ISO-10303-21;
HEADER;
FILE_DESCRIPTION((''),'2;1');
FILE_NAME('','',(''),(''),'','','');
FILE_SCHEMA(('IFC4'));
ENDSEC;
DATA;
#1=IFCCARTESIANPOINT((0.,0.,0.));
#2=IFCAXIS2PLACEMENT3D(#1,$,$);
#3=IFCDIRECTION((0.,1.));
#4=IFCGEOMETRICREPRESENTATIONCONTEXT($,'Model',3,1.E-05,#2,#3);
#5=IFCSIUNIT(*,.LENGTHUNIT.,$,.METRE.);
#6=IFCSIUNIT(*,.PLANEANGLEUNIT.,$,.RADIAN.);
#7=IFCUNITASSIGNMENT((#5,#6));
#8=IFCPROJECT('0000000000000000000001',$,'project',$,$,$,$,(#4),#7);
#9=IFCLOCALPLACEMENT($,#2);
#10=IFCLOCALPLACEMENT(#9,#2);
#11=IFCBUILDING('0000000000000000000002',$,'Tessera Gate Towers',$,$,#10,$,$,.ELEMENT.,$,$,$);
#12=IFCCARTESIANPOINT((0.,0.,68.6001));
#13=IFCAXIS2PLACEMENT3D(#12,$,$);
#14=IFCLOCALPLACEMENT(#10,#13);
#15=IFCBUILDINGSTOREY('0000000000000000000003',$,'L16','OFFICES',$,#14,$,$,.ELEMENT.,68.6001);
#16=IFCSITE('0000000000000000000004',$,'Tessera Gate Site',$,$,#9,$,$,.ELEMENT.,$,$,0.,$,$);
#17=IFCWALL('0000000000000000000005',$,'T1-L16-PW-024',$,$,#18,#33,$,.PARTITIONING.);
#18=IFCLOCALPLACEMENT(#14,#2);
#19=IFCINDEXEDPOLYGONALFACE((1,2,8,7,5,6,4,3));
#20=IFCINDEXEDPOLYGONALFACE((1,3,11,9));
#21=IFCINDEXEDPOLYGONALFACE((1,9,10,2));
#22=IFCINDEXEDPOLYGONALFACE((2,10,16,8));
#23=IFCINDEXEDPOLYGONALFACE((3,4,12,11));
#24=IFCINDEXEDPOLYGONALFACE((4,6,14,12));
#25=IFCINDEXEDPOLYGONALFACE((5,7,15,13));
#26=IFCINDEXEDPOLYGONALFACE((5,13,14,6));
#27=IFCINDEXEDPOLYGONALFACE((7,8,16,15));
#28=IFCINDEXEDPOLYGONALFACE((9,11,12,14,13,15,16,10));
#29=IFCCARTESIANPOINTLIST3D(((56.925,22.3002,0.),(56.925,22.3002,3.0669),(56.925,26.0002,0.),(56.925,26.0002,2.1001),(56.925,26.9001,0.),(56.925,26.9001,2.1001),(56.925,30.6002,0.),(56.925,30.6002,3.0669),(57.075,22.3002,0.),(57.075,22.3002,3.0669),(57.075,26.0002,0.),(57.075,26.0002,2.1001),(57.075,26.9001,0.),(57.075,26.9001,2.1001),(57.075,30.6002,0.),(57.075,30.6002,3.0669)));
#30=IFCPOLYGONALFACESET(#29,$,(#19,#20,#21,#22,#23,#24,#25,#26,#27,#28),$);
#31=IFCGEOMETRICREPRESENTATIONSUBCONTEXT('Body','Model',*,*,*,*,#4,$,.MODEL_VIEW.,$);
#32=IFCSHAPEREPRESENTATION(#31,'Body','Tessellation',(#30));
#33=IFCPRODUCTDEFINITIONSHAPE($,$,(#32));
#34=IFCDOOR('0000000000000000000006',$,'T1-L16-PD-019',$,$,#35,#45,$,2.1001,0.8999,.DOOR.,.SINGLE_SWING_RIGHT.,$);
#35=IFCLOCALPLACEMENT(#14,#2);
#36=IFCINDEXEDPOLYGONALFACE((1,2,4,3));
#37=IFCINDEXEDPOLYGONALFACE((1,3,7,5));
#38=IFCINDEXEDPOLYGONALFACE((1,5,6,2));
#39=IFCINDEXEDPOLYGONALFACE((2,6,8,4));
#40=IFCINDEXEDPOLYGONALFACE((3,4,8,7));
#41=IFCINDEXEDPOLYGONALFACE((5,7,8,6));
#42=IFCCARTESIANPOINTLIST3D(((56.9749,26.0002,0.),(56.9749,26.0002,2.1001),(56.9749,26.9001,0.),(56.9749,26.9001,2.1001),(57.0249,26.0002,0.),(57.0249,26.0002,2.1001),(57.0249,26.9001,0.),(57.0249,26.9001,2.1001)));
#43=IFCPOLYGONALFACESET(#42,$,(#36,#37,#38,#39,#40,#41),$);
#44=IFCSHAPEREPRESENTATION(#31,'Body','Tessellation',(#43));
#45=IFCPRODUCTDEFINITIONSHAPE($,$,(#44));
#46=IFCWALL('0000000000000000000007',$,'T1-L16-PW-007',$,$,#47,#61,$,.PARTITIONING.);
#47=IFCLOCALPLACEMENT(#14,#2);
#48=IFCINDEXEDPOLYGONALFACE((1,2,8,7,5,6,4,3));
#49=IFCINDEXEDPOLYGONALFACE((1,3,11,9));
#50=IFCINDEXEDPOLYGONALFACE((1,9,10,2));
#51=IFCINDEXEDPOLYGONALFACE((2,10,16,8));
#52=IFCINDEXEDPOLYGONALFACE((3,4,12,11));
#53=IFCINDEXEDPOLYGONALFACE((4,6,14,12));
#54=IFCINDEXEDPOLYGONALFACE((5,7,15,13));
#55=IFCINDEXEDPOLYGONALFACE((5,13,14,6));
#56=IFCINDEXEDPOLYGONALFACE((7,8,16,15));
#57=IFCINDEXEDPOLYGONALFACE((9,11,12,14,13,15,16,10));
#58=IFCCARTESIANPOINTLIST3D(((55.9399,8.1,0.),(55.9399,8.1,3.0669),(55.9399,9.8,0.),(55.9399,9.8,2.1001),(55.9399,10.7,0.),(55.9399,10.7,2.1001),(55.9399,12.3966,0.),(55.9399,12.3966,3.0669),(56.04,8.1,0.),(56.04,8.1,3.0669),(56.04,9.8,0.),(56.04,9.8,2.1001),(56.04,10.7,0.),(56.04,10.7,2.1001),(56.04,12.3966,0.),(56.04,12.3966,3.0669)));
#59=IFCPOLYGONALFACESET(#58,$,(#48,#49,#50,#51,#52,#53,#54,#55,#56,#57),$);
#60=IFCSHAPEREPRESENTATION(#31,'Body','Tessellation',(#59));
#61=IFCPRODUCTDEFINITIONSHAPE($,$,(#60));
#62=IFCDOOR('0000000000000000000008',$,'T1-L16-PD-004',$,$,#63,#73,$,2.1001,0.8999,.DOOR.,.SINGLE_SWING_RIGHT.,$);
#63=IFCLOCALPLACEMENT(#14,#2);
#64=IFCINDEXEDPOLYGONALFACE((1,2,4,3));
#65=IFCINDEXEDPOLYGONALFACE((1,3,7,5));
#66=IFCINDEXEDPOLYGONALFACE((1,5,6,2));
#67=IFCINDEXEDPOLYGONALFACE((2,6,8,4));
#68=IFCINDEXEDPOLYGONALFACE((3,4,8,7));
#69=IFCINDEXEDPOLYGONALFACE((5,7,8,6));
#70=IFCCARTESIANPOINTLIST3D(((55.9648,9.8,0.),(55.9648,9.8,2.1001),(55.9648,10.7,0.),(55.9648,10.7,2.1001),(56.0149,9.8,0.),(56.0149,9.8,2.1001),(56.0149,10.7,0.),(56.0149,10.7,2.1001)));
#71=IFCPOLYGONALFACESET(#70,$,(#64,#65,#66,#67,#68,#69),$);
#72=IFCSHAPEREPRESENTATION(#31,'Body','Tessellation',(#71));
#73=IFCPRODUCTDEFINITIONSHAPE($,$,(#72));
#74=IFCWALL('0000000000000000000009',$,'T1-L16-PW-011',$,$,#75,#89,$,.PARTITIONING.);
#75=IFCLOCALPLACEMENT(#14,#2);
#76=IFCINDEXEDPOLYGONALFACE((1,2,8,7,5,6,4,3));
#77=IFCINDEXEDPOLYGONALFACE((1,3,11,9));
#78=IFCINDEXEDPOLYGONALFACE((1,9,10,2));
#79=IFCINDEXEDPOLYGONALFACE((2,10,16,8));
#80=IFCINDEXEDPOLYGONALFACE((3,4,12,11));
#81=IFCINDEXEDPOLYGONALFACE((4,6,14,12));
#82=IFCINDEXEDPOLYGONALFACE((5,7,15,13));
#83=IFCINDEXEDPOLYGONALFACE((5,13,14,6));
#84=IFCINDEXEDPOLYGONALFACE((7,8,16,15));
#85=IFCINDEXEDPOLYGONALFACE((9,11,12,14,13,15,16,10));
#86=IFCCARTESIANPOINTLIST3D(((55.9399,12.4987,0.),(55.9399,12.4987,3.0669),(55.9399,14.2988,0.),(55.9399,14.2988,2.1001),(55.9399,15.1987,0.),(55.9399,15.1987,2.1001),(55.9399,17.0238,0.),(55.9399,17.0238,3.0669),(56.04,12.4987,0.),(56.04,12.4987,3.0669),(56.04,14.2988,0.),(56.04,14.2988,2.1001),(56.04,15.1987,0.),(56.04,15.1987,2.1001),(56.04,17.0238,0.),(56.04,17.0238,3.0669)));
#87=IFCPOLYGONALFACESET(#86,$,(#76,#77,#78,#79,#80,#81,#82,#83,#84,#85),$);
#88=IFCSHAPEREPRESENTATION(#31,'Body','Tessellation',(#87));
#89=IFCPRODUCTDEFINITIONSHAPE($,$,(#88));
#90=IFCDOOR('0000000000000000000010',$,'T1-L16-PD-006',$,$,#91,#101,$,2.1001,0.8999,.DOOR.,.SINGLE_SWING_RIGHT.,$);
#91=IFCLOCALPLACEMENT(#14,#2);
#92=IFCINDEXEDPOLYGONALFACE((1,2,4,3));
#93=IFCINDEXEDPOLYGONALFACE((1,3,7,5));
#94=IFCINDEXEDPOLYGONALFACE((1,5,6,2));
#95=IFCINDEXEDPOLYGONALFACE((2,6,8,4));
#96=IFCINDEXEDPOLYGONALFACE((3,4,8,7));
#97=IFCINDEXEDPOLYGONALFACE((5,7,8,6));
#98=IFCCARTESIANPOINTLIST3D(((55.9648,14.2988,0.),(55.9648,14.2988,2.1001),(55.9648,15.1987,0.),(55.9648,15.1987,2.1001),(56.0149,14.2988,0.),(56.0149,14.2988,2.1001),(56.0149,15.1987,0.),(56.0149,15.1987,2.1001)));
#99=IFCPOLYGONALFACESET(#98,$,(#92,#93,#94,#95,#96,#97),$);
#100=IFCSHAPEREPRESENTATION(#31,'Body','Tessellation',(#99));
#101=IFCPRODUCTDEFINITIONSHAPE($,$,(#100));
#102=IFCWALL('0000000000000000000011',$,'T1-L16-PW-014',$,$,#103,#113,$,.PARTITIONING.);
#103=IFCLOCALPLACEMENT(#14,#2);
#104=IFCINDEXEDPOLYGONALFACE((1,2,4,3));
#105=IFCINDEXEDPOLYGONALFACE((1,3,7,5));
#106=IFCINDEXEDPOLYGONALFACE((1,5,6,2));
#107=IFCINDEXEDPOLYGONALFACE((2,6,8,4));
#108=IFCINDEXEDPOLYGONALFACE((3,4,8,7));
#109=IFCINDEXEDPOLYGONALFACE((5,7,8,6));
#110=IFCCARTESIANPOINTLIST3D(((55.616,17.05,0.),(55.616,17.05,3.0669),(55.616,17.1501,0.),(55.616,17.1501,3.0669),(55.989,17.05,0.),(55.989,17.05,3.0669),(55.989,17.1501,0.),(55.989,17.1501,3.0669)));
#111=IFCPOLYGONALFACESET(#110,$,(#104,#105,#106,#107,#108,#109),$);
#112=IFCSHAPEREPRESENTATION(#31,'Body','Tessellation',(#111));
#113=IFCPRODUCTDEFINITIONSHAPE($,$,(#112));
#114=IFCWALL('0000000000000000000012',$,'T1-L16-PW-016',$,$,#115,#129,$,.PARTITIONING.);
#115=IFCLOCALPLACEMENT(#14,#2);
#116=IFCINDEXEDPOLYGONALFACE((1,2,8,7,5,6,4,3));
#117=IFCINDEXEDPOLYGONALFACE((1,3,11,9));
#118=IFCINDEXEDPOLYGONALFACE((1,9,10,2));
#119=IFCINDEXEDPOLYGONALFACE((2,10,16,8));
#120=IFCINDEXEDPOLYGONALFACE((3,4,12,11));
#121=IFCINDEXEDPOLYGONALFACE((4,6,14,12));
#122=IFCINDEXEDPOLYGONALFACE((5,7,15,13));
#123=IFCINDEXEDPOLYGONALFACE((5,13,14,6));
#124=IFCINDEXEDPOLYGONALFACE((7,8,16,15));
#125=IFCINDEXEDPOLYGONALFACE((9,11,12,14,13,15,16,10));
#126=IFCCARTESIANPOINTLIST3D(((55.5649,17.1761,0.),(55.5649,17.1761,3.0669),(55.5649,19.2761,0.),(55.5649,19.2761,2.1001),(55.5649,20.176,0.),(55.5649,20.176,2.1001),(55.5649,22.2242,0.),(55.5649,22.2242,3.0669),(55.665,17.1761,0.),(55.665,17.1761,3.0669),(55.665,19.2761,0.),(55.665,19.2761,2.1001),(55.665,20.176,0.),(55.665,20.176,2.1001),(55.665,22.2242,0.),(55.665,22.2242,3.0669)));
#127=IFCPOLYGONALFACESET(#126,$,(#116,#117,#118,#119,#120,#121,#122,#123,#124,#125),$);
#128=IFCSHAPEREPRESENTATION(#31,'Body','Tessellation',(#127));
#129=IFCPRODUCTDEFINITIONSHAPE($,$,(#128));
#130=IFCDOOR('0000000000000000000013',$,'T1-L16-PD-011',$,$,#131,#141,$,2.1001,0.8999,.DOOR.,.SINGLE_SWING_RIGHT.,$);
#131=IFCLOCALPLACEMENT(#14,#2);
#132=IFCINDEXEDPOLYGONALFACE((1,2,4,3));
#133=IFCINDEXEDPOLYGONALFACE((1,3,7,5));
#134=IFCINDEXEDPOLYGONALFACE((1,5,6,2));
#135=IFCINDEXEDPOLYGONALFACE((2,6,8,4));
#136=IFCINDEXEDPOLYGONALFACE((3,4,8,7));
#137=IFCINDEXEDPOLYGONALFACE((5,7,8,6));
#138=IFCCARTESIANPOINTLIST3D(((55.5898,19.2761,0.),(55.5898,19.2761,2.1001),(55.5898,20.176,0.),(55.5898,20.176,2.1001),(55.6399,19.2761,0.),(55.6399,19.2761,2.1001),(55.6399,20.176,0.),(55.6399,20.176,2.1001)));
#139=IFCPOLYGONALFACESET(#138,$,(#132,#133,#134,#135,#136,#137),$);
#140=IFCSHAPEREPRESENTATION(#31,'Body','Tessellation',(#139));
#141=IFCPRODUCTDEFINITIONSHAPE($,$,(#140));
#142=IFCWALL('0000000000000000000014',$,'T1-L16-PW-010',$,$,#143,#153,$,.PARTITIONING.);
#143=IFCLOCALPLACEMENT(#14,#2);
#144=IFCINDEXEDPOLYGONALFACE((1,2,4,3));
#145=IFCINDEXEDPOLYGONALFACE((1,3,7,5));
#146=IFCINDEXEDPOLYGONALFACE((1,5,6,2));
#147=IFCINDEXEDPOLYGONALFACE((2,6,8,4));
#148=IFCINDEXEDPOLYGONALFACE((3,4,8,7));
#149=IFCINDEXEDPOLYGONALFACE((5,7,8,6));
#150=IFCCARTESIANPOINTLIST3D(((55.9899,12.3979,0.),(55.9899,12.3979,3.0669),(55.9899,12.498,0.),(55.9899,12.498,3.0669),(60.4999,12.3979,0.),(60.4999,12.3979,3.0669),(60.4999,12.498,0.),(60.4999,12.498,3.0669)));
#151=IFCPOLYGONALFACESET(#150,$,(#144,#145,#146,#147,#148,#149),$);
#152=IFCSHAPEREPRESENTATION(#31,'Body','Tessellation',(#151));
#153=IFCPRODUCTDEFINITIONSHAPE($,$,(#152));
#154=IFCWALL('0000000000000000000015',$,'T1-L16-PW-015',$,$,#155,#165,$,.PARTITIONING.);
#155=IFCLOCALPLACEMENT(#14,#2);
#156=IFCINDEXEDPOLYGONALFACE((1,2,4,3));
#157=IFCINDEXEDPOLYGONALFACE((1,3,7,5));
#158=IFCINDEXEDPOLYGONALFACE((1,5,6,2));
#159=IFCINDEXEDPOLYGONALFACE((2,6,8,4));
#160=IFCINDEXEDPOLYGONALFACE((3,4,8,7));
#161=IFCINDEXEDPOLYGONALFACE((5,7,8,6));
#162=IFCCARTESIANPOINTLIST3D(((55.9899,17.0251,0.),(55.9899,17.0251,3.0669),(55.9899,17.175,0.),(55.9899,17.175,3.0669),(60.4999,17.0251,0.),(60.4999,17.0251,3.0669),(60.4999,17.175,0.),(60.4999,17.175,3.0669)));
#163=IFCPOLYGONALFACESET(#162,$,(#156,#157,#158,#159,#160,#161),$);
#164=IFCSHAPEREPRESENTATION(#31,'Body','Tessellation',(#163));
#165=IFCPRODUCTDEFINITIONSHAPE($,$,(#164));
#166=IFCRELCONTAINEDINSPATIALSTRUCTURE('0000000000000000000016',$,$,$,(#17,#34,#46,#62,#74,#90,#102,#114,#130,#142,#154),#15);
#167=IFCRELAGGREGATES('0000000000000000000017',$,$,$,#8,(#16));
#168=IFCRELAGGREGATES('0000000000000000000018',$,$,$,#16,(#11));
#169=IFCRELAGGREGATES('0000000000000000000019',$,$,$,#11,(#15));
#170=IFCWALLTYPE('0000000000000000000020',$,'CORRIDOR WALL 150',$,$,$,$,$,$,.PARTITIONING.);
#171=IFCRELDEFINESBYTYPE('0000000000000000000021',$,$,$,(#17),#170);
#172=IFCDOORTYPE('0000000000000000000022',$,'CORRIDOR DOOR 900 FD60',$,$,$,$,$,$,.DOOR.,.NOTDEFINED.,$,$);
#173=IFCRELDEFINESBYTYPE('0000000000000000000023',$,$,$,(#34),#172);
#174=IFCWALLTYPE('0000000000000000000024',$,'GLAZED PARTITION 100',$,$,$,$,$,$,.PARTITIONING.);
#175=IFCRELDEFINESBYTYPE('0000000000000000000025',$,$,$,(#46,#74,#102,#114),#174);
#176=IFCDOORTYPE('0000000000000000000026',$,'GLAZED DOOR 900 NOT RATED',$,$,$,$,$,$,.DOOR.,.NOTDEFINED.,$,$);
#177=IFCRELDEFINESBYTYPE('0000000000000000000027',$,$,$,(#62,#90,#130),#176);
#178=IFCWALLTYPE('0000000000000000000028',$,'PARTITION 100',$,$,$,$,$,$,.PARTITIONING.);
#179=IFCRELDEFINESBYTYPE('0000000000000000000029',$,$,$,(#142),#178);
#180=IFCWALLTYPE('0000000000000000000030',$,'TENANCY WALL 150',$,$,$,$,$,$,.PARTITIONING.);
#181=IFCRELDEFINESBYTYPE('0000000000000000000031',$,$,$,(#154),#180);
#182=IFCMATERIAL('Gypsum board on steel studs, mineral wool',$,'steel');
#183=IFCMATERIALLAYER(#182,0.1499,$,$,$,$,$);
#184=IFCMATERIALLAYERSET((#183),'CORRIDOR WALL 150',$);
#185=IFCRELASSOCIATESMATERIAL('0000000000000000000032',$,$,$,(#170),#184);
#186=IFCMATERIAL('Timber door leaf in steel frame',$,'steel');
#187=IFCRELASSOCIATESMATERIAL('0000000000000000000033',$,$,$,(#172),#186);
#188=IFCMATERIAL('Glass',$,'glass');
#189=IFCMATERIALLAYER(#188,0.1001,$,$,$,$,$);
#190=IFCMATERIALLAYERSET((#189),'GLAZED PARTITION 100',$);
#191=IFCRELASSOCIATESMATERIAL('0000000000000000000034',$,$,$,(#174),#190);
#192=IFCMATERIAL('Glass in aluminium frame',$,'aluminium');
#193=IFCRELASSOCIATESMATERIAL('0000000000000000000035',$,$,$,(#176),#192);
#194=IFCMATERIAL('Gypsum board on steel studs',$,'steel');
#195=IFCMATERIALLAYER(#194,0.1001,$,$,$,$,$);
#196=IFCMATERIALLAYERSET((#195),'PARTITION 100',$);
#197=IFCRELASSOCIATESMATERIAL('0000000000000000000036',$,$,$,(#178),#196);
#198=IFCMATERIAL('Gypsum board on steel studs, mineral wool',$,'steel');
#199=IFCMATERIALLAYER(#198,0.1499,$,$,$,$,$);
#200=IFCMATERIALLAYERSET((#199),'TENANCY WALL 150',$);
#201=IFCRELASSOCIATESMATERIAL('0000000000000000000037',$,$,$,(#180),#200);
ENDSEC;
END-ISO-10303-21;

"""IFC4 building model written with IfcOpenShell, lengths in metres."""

from ifc_helpers import new_model, si_unit, direction, frame, frame_2d, origin, place, context, subcontext, project, spatial, rectangle, extrude, source, transform, mapped, material, layer, layer_set, type_object, element, fill, save


model = new_model("IFC4")

# Units and contexts
model_context = context("Model", 3, precision=1e-05, world=origin(), true_north=direction((0.0, 1.0)))
body_context = subcontext(model_context, "Body", "Model", "MODEL_VIEW")
ifc_project = project(units=[si_unit("LENGTHUNIT", "METRE"), si_unit("PLANEANGLEUNIT", "RADIAN")], contexts=[model_context])

# Site, building, storey
site_placement = place(None, origin())
site = spatial("IfcSite", under=ifc_project, at=site_placement, Name="Tessera Gate Site", CompositionType="ELEMENT", RefElevation=0.0)
building_placement = place(site_placement, origin())
building = spatial("IfcBuilding", under=site, at=building_placement, Name="Tessera Gate Towers", CompositionType="ELEMENT")
storey_placement = place(building_placement, frame((0.0, 0.0, 68.6001)))
storey = spatial("IfcBuildingStorey", under=building, at=storey_placement, Name="L16", Description="OFFICES", CompositionType="ELEMENT", Elevation=68.6001)

# Walls, openings, doors
ifc_material_1 = material(Name="Gypsum board on steel studs, mineral wool", Category="steel")
ifc_layer_1 = layer(ifc_material_1, 0.1499)
ifc_layer_set_1 = layer_set([ifc_layer_1], Name="CORRIDOR WALL 150")
wall_type_1 = type_object("IfcWallType", Name="CORRIDOR WALL 150", PredefinedType="PARTITIONING", material=ifc_layer_set_1)
wall_1_placement = place(storey_placement, frame((57.0, 30.6001, 0.0), z_axis=(0.0, 0.0, 1.0), x_axis=(0.0, -1.0, 0.0)))
wall_1 = element("IfcWall", 1, at=wall_1_placement, inside=storey, type_object=wall_type_1, Name="T1-L16-PW-024", PredefinedType="PARTITIONING", context=body_context, shape_type="SweptSolid", body=[
    extrude(rectangle(XDim=8.3, YDim=0.1499, at=frame_2d((4.1499, 0.0))), origin(), (0.0, 0.0, 1.0), 3.0669),
])
shared_shape_1 = source(origin(), body_context, "Body", "SweptSolid", [
    extrude(rectangle(XDim=0.8999, YDim=2.1001, at=frame_2d((0.45, 1.05))), frame((0.0, 0.085, 0.0), z_axis=(0.0, -1.0, 0.0), x_axis=(1.0, 0.0, 0.0)), (0.0, 0.0, 1.0), 0.1699),
])
opening_1_placement = place(wall_1_placement, frame((3.7, 0.0, 0.0)))
opening_1 = element("IfcOpeningElement", 2, at=opening_1_placement, cuts=wall_1, PredefinedType="OPENING", context=body_context, shape_type="MappedRepresentation", body=[
    mapped(shared_shape_1, transform((0.0, 0.0, 0.0), scale=1.0)),
])
ifc_material_2 = material(Name="Timber door leaf in steel frame", Category="steel")
door_type_1 = type_object("IfcDoorType", Name="CORRIDOR DOOR 900 FD60", OperationType="NOTDEFINED", PredefinedType="DOOR", material=ifc_material_2)
shared_shape_2 = source(origin(), body_context, "Body", "SweptSolid", [
    extrude(rectangle(XDim=0.8999, YDim=2.1001, at=frame_2d((0.45, 1.05))), frame((0.0, 0.0249, 0.0), z_axis=(0.0, -1.0, 0.0), x_axis=(1.0, 0.0, 0.0)), (0.0, 0.0, 1.0), 0.05),
])
door_1_placement = place(opening_1_placement, origin())
door_1 = element("IfcDoor", 3, at=door_1_placement, inside=storey, type_object=door_type_1, Name="T1-L16-PD-019", OperationType="SINGLE_SWING_RIGHT", OverallHeight=2.1001, OverallWidth=0.8999, PredefinedType="DOOR", context=body_context, shape_type="MappedRepresentation", body=[
    mapped(shared_shape_2, transform((0.0, 0.0, 0.0), scale=1.0)),
])
fill(opening_1, door_1)
ifc_material_3 = material(Name="Glass", Category="glass")
ifc_layer_2 = layer(ifc_material_3, 0.1001)
ifc_layer_set_2 = layer_set([ifc_layer_2], Name="GLAZED PARTITION 100")
wall_type_2 = type_object("IfcWallType", Name="GLAZED PARTITION 100", PredefinedType="PARTITIONING", material=ifc_layer_set_2)
wall_2_placement = place(storey_placement, frame((55.99, 12.3967, 0.0), z_axis=(0.0, 0.0, 1.0), x_axis=(0.0, -1.0, 0.0)))
wall_2 = element("IfcWall", 4, at=wall_2_placement, inside=storey, type_object=wall_type_2, Name="T1-L16-PW-007", PredefinedType="PARTITIONING", context=body_context, shape_type="SweptSolid", body=[
    extrude(rectangle(XDim=4.2966, YDim=0.1001, at=frame_2d((2.1484, 0.0))), origin(), (0.0, 0.0, 1.0), 3.0669),
])
shared_shape_3 = source(origin(), body_context, "Body", "SweptSolid", [
    extrude(rectangle(XDim=0.8999, YDim=2.1001, at=frame_2d((0.45, 1.05))), frame((0.0, 0.0601, 0.0), z_axis=(0.0, -1.0, 0.0), x_axis=(1.0, 0.0, 0.0)), (0.0, 0.0, 1.0), 0.1201),
])
opening_2_placement = place(wall_2_placement, frame((1.6968, 0.0, 0.0)))
opening_2 = element("IfcOpeningElement", 5, at=opening_2_placement, cuts=wall_2, PredefinedType="OPENING", context=body_context, shape_type="MappedRepresentation", body=[
    mapped(shared_shape_3, transform((0.0, 0.0, 0.0), scale=1.0)),
])
ifc_material_4 = material(Name="Glass in aluminium frame", Category="aluminium")
door_type_2 = type_object("IfcDoorType", Name="GLAZED DOOR 900 NOT RATED", OperationType="NOTDEFINED", PredefinedType="DOOR", material=ifc_material_4)
door_2_placement = place(opening_2_placement, origin())
door_2 = element("IfcDoor", 6, at=door_2_placement, inside=storey, type_object=door_type_2, Name="T1-L16-PD-004", OperationType="SINGLE_SWING_RIGHT", OverallHeight=2.1001, OverallWidth=0.8999, PredefinedType="DOOR", context=body_context, shape_type="MappedRepresentation", body=[
    mapped(shared_shape_2, transform((0.0, 0.0, 0.0), scale=1.0)),
])
fill(opening_2, door_2)
wall_3_placement = place(storey_placement, frame((55.99, 17.0239, 0.0), z_axis=(0.0, 0.0, 1.0), x_axis=(0.0, -1.0, 0.0)))
wall_3 = element("IfcWall", 7, at=wall_3_placement, inside=storey, type_object=wall_type_2, Name="T1-L16-PW-011", PredefinedType="PARTITIONING", context=body_context, shape_type="SweptSolid", body=[
    extrude(rectangle(XDim=4.5251, YDim=0.1001, at=frame_2d((2.2627, 0.0))), origin(), (0.0, 0.0, 1.0), 3.0669),
])
opening_3_placement = place(wall_3_placement, frame((1.8252, 0.0, 0.0)))
opening_3 = element("IfcOpeningElement", 8, at=opening_3_placement, cuts=wall_3, PredefinedType="OPENING", context=body_context, shape_type="MappedRepresentation", body=[
    mapped(shared_shape_3, transform((0.0, 0.0, 0.0), scale=1.0)),
])
door_3_placement = place(opening_3_placement, origin())
door_3 = element("IfcDoor", 9, at=door_3_placement, inside=storey, type_object=door_type_2, Name="T1-L16-PD-006", OperationType="SINGLE_SWING_RIGHT", OverallHeight=2.1001, OverallWidth=0.8999, PredefinedType="DOOR", context=body_context, shape_type="MappedRepresentation", body=[
    mapped(shared_shape_2, transform((0.0, 0.0, 0.0), scale=1.0)),
])
fill(opening_3, door_3)

# Wall
wall_4_placement = place(storey_placement, frame((55.616, 17.1001, 0.0), z_axis=(0.0, 0.0, 1.0), x_axis=(1.0, 0.0, 0.0)))
element("IfcWall", 10, at=wall_4_placement, inside=storey, type_object=wall_type_2, Name="T1-L16-PW-014", PredefinedType="PARTITIONING", context=body_context, shape_type="SweptSolid", body=[
    extrude(rectangle(XDim=0.373, YDim=0.1001, at=frame_2d((0.1865, 0.0))), origin(), (0.0, 0.0, 1.0), 3.0669),
])

# Wall, opening, door
wall_5_placement = place(storey_placement, frame((55.615, 22.2241, 0.0), z_axis=(0.0, 0.0, 1.0), x_axis=(0.0, -1.0, 0.0)))
wall_5 = element("IfcWall", 11, at=wall_5_placement, inside=storey, type_object=wall_type_2, Name="T1-L16-PW-016", PredefinedType="PARTITIONING", context=body_context, shape_type="SweptSolid", body=[
    extrude(rectangle(XDim=5.0481, YDim=0.1001, at=frame_2d((2.5239, 0.0))), origin(), (0.0, 0.0, 1.0), 3.0669),
])
opening_4_placement = place(wall_5_placement, frame((2.0481, 0.0, 0.0)))
opening_4 = element("IfcOpeningElement", 12, at=opening_4_placement, cuts=wall_5, PredefinedType="OPENING", context=body_context, shape_type="MappedRepresentation", body=[
    mapped(shared_shape_3, transform((0.0, 0.0, 0.0), scale=1.0)),
])
door_4_placement = place(opening_4_placement, origin())
door_4 = element("IfcDoor", 13, at=door_4_placement, inside=storey, type_object=door_type_2, Name="T1-L16-PD-011", OperationType="SINGLE_SWING_RIGHT", OverallHeight=2.1001, OverallWidth=0.8999, PredefinedType="DOOR", context=body_context, shape_type="MappedRepresentation", body=[
    mapped(shared_shape_2, transform((0.0, 0.0, 0.0), scale=1.0)),
])
fill(opening_4, door_4)

# Walls
ifc_material_5 = material(Name="Gypsum board on steel studs", Category="steel")
ifc_layer_3 = layer(ifc_material_5, 0.1001)
ifc_layer_set_3 = layer_set([ifc_layer_3], Name="PARTITION 100")
wall_type_3 = type_object("IfcWallType", Name="PARTITION 100", PredefinedType="PARTITIONING", material=ifc_layer_set_3)
wall_6_placement = place(storey_placement, frame((55.99, 12.448, 0.0), z_axis=(0.0, 0.0, 1.0), x_axis=(1.0, 0.0, 0.0)))
element("IfcWall", 14, at=wall_6_placement, inside=storey, type_object=wall_type_3, Name="T1-L16-PW-010", PredefinedType="PARTITIONING", context=body_context, shape_type="SweptSolid", body=[
    extrude(rectangle(XDim=4.51, YDim=0.1001, at=frame_2d((2.2549, 0.0))), origin(), (0.0, 0.0, 1.0), 3.0669),
])
ifc_material_6 = material(Name="Gypsum board on steel studs, mineral wool", Category="steel")
ifc_layer_4 = layer(ifc_material_6, 0.1499)
ifc_layer_set_4 = layer_set([ifc_layer_4], Name="TENANCY WALL 150")
wall_type_4 = type_object("IfcWallType", Name="TENANCY WALL 150", PredefinedType="PARTITIONING", material=ifc_layer_set_4)
wall_7_placement = place(storey_placement, frame((55.99, 17.1001, 0.0), z_axis=(0.0, 0.0, 1.0), x_axis=(1.0, 0.0, 0.0)))
element("IfcWall", 15, at=wall_7_placement, inside=storey, type_object=wall_type_4, Name="T1-L16-PW-015", PredefinedType="PARTITIONING", context=body_context, shape_type="SweptSolid", body=[
    extrude(rectangle(XDim=4.51, YDim=0.1499, at=frame_2d((2.2549, 0.0))), origin(), (0.0, 0.0, 1.0), 3.0669),
])

save(model, "model.ifc")
